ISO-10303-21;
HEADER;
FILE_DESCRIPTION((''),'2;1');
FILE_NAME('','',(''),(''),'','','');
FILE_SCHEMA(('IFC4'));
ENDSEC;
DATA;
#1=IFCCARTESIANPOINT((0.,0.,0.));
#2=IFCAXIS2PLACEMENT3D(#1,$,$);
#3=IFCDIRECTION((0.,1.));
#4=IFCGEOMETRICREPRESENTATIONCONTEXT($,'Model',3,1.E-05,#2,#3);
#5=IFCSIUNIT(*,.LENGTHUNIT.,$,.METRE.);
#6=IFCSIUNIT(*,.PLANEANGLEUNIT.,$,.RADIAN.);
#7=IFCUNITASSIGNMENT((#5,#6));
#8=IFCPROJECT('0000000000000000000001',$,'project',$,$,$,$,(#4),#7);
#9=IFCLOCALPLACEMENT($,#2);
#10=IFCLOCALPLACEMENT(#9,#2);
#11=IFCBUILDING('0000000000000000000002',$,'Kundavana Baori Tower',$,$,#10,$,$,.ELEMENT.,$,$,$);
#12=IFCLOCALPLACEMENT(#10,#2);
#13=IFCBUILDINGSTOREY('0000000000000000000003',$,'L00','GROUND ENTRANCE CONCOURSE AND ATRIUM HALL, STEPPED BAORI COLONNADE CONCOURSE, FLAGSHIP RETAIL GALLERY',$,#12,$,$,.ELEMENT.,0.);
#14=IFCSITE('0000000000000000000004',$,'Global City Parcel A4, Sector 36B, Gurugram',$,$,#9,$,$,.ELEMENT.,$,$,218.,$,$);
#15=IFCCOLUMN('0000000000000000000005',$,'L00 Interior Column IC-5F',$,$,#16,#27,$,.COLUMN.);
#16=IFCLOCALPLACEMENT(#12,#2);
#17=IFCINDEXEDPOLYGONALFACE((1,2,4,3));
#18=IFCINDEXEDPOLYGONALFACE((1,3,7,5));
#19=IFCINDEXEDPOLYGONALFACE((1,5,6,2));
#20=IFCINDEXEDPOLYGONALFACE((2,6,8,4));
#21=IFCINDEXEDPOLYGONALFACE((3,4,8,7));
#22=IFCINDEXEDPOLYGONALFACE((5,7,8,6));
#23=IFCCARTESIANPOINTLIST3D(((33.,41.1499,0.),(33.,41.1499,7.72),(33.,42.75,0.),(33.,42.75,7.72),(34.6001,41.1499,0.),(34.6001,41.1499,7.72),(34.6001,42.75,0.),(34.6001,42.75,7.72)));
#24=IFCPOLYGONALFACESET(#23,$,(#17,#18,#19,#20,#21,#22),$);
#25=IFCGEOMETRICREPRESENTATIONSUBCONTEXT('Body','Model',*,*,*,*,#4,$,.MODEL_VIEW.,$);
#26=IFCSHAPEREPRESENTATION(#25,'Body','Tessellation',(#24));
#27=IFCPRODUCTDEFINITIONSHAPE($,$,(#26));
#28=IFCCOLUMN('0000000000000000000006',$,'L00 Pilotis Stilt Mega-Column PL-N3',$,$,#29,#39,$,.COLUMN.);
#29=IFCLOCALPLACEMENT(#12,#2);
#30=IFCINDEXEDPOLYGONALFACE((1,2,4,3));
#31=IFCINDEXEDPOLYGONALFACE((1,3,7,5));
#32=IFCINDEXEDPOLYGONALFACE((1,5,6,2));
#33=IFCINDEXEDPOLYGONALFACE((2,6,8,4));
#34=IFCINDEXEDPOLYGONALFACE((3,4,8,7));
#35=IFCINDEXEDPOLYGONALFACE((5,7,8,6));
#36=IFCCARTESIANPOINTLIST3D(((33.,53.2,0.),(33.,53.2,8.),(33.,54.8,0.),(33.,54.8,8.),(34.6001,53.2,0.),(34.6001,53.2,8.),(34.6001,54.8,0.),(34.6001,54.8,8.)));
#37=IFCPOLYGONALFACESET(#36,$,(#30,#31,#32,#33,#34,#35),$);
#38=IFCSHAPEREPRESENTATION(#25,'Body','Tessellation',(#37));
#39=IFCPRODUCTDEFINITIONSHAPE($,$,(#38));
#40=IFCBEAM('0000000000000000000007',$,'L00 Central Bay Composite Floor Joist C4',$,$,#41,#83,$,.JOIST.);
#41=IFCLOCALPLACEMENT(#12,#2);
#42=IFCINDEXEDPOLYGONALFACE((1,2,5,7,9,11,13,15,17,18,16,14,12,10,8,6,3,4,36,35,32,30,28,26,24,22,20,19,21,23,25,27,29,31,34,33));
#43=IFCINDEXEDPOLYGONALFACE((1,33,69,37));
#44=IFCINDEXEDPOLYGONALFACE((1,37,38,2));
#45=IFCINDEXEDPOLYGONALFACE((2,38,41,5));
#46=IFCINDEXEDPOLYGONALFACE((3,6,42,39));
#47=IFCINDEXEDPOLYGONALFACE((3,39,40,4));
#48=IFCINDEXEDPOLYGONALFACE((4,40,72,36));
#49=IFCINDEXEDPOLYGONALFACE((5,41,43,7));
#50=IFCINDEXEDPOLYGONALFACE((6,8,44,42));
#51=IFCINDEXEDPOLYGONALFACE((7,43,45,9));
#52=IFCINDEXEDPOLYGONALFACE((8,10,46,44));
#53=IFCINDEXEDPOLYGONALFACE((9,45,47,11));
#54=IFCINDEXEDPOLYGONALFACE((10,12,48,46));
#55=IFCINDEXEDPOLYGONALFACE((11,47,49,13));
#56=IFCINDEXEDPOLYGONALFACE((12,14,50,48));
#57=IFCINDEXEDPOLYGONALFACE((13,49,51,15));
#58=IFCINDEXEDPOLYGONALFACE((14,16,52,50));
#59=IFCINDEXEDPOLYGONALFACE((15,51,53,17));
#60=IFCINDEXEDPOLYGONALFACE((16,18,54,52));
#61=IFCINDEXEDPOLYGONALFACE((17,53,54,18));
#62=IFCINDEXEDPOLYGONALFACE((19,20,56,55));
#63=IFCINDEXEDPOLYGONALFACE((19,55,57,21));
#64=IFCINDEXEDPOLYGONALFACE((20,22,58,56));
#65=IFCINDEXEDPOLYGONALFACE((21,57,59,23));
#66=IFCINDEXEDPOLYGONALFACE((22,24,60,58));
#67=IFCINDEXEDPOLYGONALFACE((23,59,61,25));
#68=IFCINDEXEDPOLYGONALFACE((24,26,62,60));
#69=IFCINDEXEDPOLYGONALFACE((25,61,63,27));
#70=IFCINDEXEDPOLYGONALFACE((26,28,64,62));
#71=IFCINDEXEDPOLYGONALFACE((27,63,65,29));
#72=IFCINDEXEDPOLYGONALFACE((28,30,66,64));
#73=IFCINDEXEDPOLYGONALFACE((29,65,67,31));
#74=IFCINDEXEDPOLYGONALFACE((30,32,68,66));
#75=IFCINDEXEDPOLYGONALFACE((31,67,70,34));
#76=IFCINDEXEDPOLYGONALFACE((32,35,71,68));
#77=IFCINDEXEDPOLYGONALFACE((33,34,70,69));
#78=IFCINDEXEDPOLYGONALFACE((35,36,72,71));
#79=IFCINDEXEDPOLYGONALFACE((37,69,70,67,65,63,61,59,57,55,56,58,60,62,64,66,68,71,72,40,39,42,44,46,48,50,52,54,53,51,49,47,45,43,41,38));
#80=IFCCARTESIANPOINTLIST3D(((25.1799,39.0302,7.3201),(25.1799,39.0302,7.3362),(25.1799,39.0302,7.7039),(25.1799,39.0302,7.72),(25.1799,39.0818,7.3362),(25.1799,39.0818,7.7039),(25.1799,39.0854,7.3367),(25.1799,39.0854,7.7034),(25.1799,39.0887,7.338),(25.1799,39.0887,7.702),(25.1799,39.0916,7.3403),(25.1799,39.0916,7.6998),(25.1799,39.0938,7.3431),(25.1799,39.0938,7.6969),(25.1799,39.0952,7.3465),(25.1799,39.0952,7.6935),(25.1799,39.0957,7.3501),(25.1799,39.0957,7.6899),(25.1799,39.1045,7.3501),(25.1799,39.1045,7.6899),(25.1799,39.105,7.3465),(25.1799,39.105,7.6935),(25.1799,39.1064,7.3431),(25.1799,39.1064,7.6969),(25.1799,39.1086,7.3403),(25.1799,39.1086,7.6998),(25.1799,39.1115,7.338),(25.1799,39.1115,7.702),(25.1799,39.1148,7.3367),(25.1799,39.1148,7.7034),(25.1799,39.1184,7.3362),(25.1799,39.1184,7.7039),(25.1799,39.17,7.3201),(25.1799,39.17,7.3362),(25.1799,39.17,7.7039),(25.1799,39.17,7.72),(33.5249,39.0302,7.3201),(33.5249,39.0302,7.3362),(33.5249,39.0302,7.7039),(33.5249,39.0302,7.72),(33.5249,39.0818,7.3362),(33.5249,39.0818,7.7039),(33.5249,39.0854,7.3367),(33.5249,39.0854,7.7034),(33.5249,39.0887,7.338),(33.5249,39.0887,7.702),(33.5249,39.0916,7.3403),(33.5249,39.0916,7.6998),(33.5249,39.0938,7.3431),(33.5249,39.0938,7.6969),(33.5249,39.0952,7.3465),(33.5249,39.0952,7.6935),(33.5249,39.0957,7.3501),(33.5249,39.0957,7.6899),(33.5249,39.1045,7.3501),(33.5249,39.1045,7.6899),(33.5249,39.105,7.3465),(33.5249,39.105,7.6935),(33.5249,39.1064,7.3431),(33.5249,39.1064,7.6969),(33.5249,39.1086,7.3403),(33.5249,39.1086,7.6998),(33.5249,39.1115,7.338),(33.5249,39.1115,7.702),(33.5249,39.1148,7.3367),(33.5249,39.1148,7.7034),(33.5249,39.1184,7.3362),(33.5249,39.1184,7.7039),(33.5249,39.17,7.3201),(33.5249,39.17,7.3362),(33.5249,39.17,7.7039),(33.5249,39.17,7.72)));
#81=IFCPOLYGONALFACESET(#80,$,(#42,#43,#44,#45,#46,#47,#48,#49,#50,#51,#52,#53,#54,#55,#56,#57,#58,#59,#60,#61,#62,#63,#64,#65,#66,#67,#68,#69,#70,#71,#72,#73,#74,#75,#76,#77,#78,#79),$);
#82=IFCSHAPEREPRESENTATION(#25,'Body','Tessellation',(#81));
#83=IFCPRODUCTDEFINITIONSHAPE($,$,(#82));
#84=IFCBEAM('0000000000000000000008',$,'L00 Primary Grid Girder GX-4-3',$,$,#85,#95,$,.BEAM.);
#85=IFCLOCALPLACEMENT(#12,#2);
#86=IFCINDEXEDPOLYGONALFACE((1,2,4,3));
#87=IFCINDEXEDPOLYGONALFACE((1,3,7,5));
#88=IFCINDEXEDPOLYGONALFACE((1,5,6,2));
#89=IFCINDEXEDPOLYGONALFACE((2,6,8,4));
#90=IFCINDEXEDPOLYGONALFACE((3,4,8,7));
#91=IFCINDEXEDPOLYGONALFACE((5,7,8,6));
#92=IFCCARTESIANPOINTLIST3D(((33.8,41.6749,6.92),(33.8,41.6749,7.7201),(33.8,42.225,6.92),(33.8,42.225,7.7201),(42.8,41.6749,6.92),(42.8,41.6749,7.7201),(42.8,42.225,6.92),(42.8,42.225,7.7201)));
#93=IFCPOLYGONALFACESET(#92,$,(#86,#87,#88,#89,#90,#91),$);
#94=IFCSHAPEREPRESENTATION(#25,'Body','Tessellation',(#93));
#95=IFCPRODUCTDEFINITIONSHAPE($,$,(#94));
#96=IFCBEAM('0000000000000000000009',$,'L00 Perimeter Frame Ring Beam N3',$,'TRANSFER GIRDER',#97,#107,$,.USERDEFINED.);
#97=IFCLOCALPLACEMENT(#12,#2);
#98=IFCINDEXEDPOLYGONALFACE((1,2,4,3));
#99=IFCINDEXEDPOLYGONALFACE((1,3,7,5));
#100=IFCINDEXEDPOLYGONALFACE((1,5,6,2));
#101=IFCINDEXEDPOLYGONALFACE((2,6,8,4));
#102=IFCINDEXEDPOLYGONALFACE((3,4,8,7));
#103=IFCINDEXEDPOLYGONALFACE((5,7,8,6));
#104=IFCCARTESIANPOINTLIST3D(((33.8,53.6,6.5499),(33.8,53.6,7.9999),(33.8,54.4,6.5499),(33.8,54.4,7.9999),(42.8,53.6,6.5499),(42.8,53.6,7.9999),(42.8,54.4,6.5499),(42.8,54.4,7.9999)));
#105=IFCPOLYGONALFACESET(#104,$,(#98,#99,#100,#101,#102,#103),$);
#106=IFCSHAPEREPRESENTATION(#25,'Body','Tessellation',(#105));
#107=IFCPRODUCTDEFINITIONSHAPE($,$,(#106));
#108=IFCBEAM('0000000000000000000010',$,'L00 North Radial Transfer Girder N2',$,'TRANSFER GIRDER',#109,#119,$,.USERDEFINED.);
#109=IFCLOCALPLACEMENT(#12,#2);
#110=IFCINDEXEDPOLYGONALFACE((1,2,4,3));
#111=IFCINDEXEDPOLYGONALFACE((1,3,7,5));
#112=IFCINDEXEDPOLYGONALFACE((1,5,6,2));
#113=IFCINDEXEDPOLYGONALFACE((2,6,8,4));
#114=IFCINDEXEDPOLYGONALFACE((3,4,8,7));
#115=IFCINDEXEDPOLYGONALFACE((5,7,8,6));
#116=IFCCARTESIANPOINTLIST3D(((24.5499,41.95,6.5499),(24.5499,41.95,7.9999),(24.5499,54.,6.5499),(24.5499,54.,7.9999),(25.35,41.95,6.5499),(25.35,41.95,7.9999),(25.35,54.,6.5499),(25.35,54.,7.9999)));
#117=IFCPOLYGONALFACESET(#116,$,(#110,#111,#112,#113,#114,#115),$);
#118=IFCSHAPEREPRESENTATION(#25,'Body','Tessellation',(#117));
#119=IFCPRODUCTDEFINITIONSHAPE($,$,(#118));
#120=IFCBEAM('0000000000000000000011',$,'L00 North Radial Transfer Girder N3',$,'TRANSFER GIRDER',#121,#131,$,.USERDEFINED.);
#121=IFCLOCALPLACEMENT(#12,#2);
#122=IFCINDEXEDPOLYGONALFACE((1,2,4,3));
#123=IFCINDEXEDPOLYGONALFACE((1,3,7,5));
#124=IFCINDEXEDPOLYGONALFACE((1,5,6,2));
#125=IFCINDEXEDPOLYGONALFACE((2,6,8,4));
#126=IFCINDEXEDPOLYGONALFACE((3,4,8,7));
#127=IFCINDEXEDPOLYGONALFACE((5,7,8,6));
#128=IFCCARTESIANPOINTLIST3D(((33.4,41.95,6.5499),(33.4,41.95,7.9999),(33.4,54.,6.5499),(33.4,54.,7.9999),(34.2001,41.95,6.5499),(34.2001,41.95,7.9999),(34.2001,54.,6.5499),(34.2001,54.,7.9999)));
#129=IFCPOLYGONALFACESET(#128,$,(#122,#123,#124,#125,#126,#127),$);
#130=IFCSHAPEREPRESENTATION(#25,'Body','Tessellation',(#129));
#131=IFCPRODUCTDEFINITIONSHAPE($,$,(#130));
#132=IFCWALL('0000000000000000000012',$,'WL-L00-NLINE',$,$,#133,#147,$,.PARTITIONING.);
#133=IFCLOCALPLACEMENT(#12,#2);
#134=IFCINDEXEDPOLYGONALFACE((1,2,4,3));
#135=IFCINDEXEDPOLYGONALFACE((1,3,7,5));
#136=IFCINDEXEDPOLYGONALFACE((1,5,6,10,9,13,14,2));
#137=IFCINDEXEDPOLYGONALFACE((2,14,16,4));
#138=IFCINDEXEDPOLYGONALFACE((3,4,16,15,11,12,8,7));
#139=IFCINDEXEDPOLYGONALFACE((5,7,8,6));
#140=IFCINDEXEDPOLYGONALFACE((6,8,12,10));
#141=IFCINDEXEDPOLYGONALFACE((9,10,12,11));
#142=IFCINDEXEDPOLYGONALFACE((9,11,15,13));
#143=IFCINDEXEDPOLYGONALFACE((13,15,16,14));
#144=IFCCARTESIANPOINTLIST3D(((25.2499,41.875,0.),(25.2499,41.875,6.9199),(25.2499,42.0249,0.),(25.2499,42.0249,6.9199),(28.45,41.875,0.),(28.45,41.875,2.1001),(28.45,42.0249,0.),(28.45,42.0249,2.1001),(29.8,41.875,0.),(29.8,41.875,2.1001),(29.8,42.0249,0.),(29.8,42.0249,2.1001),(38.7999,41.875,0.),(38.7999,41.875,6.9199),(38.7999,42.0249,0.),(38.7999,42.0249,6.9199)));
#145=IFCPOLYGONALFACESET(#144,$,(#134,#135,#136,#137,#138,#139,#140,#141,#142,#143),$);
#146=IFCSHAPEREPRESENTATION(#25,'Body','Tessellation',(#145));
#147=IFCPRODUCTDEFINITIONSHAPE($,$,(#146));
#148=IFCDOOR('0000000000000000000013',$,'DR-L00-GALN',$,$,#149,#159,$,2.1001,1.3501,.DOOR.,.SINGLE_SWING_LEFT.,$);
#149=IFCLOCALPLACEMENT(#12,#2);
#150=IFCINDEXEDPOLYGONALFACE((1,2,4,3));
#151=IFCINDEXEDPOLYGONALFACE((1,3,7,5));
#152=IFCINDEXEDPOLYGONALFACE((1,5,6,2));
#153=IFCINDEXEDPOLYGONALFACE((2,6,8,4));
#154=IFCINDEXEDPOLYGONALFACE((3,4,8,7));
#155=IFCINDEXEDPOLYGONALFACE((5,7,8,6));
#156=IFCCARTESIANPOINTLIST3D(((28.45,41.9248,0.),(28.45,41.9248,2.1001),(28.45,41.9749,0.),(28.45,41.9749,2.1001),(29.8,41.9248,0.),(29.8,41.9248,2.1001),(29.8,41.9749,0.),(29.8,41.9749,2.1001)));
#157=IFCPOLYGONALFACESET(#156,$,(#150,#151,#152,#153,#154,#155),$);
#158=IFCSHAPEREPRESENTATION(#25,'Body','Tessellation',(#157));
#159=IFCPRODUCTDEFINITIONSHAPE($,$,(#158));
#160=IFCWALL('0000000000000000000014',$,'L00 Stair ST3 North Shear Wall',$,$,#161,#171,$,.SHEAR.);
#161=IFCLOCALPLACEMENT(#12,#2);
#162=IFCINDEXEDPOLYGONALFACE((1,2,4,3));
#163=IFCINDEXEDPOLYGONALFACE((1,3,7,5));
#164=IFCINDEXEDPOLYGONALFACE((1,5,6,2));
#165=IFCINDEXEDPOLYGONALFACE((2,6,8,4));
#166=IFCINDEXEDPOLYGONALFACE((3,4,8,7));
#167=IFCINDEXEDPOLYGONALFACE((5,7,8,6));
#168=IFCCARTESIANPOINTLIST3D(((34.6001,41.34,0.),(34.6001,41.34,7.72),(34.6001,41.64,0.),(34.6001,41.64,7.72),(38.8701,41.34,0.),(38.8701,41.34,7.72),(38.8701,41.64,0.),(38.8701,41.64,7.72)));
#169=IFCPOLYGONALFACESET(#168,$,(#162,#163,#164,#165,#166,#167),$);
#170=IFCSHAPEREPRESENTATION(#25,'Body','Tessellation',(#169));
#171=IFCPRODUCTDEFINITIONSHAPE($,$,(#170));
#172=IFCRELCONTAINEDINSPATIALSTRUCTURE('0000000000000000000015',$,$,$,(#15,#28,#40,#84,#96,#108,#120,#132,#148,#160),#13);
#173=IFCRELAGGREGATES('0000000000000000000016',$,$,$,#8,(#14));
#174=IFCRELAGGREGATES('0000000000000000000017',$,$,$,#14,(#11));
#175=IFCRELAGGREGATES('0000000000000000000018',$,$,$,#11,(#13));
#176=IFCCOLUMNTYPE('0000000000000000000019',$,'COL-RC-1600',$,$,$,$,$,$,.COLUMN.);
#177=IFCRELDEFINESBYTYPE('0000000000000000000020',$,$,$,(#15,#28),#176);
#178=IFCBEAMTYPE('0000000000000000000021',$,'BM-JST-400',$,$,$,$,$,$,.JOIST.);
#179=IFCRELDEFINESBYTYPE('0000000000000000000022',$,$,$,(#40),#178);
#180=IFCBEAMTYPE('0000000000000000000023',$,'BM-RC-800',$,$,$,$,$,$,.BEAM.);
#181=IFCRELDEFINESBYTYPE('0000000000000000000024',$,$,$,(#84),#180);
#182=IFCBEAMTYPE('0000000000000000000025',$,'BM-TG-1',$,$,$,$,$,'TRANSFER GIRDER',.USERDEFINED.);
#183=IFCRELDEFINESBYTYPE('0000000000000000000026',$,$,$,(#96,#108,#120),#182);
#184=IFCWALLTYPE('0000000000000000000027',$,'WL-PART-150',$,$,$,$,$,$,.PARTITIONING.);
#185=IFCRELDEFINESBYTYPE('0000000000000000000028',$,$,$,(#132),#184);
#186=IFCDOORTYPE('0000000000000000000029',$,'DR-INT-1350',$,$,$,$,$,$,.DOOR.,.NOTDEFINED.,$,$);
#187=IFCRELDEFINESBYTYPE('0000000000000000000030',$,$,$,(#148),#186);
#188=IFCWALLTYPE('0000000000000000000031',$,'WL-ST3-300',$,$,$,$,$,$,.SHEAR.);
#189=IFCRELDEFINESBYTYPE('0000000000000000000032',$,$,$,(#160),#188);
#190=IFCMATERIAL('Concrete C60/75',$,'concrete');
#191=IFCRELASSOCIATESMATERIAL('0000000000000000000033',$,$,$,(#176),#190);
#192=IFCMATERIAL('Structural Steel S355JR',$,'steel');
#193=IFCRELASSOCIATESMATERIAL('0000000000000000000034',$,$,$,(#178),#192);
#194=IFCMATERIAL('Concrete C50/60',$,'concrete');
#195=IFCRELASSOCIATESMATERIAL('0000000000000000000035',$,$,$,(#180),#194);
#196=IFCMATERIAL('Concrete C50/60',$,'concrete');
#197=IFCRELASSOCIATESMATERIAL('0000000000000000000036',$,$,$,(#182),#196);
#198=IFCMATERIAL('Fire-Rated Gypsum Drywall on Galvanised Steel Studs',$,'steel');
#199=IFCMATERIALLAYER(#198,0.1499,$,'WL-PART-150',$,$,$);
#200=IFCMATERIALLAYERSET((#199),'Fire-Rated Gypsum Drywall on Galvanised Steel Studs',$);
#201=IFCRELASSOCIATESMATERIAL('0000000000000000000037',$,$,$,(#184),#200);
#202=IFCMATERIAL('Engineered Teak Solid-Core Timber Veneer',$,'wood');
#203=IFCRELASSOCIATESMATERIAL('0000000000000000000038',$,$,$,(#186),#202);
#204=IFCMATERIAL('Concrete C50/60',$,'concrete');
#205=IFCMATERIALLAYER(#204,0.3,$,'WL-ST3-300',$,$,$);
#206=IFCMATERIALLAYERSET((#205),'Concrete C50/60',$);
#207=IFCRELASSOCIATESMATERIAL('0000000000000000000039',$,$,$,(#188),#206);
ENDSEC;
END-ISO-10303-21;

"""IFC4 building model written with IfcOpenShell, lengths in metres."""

from ifc_helpers import new_model, si_unit, direction, frame, frame_2d, origin, origin_2d, place, context, subcontext, project, spatial, rectangle, i_section, extrude, material, layer, layer_set, material_profile, profile_set, type_object, element, fill, save


model = new_model("IFC4")

# Units and contexts
model_context = context("Model", 3, precision=1e-05, world=origin(), true_north=direction((0.0, 1.0)))
body_context = subcontext(model_context, "Body", "Model", "MODEL_VIEW")
ifc_project = project(units=[si_unit("LENGTHUNIT", "METRE"), si_unit("PLANEANGLEUNIT", "RADIAN")], contexts=[model_context])

# Site, building, storey
site_placement = place(None, origin())
site = spatial("IfcSite", under=ifc_project, at=site_placement, Name="Global City Parcel A4, Sector 36B, Gurugram", CompositionType="ELEMENT", RefElevation=218.0)
building_placement = place(site_placement, origin())
building = spatial("IfcBuilding", under=site, at=building_placement, Name="Kundavana Baori Tower", CompositionType="ELEMENT")
storey_placement = place(building_placement, origin())
storey = spatial("IfcBuildingStorey", under=building, at=storey_placement, Name="L00", Description="GROUND ENTRANCE CONCOURSE AND ATRIUM HALL, STEPPED BAORI COLONNADE CONCOURSE, FLAGSHIP RETAIL GALLERY", CompositionType="ELEMENT", Elevation=0.0)

# Columns
ifc_material_1 = material(Name="Concrete C60/75", Category="concrete")
ifc_material_profile_1 = material_profile(ifc_material_1, rectangle(XDim=1.6001, YDim=1.6001, at=origin_2d()), Name="RC 1600x1600")
ifc_profile_set_1 = profile_set([ifc_material_profile_1], Name="Concrete C60/75")
column_type = type_object("IfcColumnType", Name="COL-RC-1600", PredefinedType="COLUMN", material=ifc_profile_set_1)
column_1_placement = place(storey_placement, frame((33.8, 41.95, 0.0), z_axis=(0.0, 0.0, 1.0), x_axis=(1.0, 0.0, 0.0)))
element("IfcColumn", 1, at=column_1_placement, inside=storey, type_object=column_type, Name="L00 Interior Column IC-5F", PredefinedType="COLUMN", context=body_context, shape_type="SweptSolid", body=[
    extrude(rectangle(XDim=1.6001, YDim=1.6001, at=origin_2d()), origin(), (0.0, 0.0, 1.0), 7.72),
])
column_2_placement = place(storey_placement, frame((33.8, 54.0, 0.0), z_axis=(0.0, 0.0, 1.0), x_axis=(1.0, 0.0, 0.0)))
element("IfcColumn", 2, at=column_2_placement, inside=storey, type_object=column_type, Name="L00 Pilotis Stilt Mega-Column PL-N3", PredefinedType="COLUMN", context=body_context, shape_type="SweptSolid", body=[
    extrude(rectangle(XDim=1.6001, YDim=1.6001, at=origin_2d()), origin(), (0.0, 0.0, 1.0), 8.0),
])

# Beams
ifc_material_2 = material(Name="Structural Steel S355JR", Category="steel")
ifc_material_profile_2 = material_profile(ifc_material_2, i_section(OverallWidth=0.1399, OverallDepth=0.3999, WebThickness=0.0088, FlangeThickness=0.0161, FilletRadius=0.0139, at=origin_2d()), Name="ISMB 400")
ifc_profile_set_2 = profile_set([ifc_material_profile_2], Name="Structural Steel S355JR")
beam_type_1 = type_object("IfcBeamType", Name="BM-JST-400", PredefinedType="JOIST", material=ifc_profile_set_2)
beam_1_placement = place(storey_placement, frame((25.1799, 39.1001, 7.52), z_axis=(1.0, 0.0, 0.0), x_axis=(0.0, 1.0, 0.0)))
element("IfcBeam", 3, at=beam_1_placement, inside=storey, type_object=beam_type_1, Name="L00 Central Bay Composite Floor Joist C4", PredefinedType="JOIST", context=body_context, shape_type="SweptSolid", body=[
    extrude(i_section(OverallWidth=0.1399, OverallDepth=0.3999, WebThickness=0.0088, FlangeThickness=0.0161, FilletRadius=0.0139, at=origin_2d()), origin(), (0.0, 0.0, 1.0), 8.345),
])
ifc_material_3 = material(Name="Concrete C50/60", Category="concrete")
ifc_material_profile_3 = material_profile(ifc_material_3, rectangle(XDim=0.55, YDim=0.8, at=origin_2d()), Name="RC BM 550x800")
ifc_profile_set_3 = profile_set([ifc_material_profile_3], Name="Concrete C50/60")
beam_type_2 = type_object("IfcBeamType", Name="BM-RC-800", PredefinedType="BEAM", material=ifc_profile_set_3)
beam_2_placement = place(storey_placement, frame((33.8, 41.95, 7.3201), z_axis=(1.0, 0.0, 0.0), x_axis=(0.0, 1.0, 0.0)))
element("IfcBeam", 4, at=beam_2_placement, inside=storey, type_object=beam_type_2, Name="L00 Primary Grid Girder GX-4-3", PredefinedType="BEAM", context=body_context, shape_type="SweptSolid", body=[
    extrude(rectangle(XDim=0.55, YDim=0.8, at=origin_2d()), origin(), (0.0, 0.0, 1.0), 9.0),
])
ifc_material_4 = material(Name="Concrete C50/60", Category="concrete")
ifc_material_profile_4 = material_profile(ifc_material_4, rectangle(XDim=0.8, YDim=1.45, at=origin_2d()), Name="BM-TG-1")
ifc_profile_set_4 = profile_set([ifc_material_profile_4], Name="Concrete C50/60")
beam_type_3 = type_object("IfcBeamType", Name="BM-TG-1", ElementType="TRANSFER GIRDER", PredefinedType="USERDEFINED", material=ifc_profile_set_4)
beam_3_placement = place(storey_placement, frame((33.8, 54.0, 7.2749), z_axis=(1.0, 0.0, 0.0), x_axis=(0.0, 1.0, 0.0)))
element("IfcBeam", 5, at=beam_3_placement, inside=storey, type_object=beam_type_3, Name="L00 Perimeter Frame Ring Beam N3", ObjectType="TRANSFER GIRDER", PredefinedType="USERDEFINED", context=body_context, shape_type="SweptSolid", body=[
    extrude(rectangle(XDim=0.8, YDim=1.45, at=origin_2d()), origin(), (0.0, 0.0, 1.0), 9.0),
])
for number, where, z_axis, x_axis, name in (
    (6, (24.95, 41.95, 7.2749), (0.0, 1.0, 0.0), (-1.0, 0.0, 0.0), "L00 North Radial Transfer Girder N2"),
    (7, (33.8, 41.95, 7.2749), (0.0, 1.0, 0.0), (-1.0, 0.0, 0.0), "L00 North Radial Transfer Girder N3"),
):
    element("IfcBeam", number, at=place(storey_placement, frame(where, z_axis=z_axis, x_axis=x_axis)), inside=storey, type_object=beam_type_3, Name=name, ObjectType="TRANSFER GIRDER", PredefinedType="USERDEFINED", context=body_context, shape_type="SweptSolid", body=[
        extrude(rectangle(XDim=0.8, YDim=1.45, at=origin_2d()), origin(), (0.0, 0.0, 1.0), 12.05),
    ])

# Wall, opening, door
ifc_material_5 = material(Name="Fire-Rated Gypsum Drywall on Galvanised Steel Studs", Category="steel")
ifc_layer_1 = layer(ifc_material_5, 0.1499, Name="WL-PART-150")
ifc_layer_set_1 = layer_set([ifc_layer_1], Name="Fire-Rated Gypsum Drywall on Galvanised Steel Studs")
wall_type_1 = type_object("IfcWallType", Name="WL-PART-150", PredefinedType="PARTITIONING", material=ifc_layer_set_1)
wall_1_placement = place(storey_placement, frame((25.25, 41.95, 0.0), z_axis=(0.0, 0.0, 1.0), x_axis=(1.0, 0.0, 0.0)))
wall_1 = element("IfcWall", 8, at=wall_1_placement, inside=storey, type_object=wall_type_1, Name="WL-L00-NLINE", PredefinedType="PARTITIONING", context=body_context, shape_type="SweptSolid", body=[
    extrude(rectangle(XDim=13.55, YDim=0.1499, at=frame_2d((6.7749, 0.0))), origin(), (0.0, 0.0, 1.0), 6.9199),
])
opening_placement = place(wall_1_placement, frame((3.2, 0.0, 0.0)))
opening = element("IfcOpeningElement", 9, at=opening_placement, cuts=wall_1, PredefinedType="OPENING", context=body_context, shape_type="SweptSolid", body=[
    extrude(rectangle(XDim=1.3501, YDim=2.1001, at=frame_2d((0.675, 1.05))), frame((0.0, 0.085, 0.0), z_axis=(0.0, -1.0, 0.0), x_axis=(1.0, 0.0, 0.0)), (0.0, 0.0, 1.0), 0.1699),
])
ifc_material_6 = material(Name="Engineered Teak Solid-Core Timber Veneer", Category="wood")
door_type = type_object("IfcDoorType", Name="DR-INT-1350", OperationType="NOTDEFINED", PredefinedType="DOOR", material=ifc_material_6)
door_placement = place(opening_placement, origin())
door = element("IfcDoor", 10, at=door_placement, inside=storey, type_object=door_type, Name="DR-L00-GALN", OperationType="SINGLE_SWING_LEFT", OverallHeight=2.1001, OverallWidth=1.3501, PredefinedType="DOOR", context=body_context, shape_type="SweptSolid", body=[
    extrude(rectangle(XDim=1.3501, YDim=2.1001, at=frame_2d((0.675, 1.05))), frame((0.0, 0.0249, 0.0), z_axis=(0.0, -1.0, 0.0), x_axis=(1.0, 0.0, 0.0)), (0.0, 0.0, 1.0), 0.05),
])
fill(opening, door)

# Wall
ifc_material_7 = material(Name="Concrete C50/60", Category="concrete")
ifc_layer_2 = layer(ifc_material_7, 0.3, Name="WL-ST3-300")
ifc_layer_set_2 = layer_set([ifc_layer_2], Name="Concrete C50/60")
wall_type_2 = type_object("IfcWallType", Name="WL-ST3-300", PredefinedType="SHEAR", material=ifc_layer_set_2)
wall_2_placement = place(storey_placement, frame((34.6001, 41.49, 0.0), z_axis=(0.0, 0.0, 1.0), x_axis=(1.0, 0.0, 0.0)))
element("IfcWall", 11, at=wall_2_placement, inside=storey, type_object=wall_type_2, Name="L00 Stair ST3 North Shear Wall", PredefinedType="SHEAR", context=body_context, shape_type="SweptSolid", body=[
    extrude(rectangle(XDim=4.27, YDim=0.3, at=frame_2d((2.135, 0.0))), origin(), (0.0, 0.0, 1.0), 7.72),
])

save(model, "model.ifc")
